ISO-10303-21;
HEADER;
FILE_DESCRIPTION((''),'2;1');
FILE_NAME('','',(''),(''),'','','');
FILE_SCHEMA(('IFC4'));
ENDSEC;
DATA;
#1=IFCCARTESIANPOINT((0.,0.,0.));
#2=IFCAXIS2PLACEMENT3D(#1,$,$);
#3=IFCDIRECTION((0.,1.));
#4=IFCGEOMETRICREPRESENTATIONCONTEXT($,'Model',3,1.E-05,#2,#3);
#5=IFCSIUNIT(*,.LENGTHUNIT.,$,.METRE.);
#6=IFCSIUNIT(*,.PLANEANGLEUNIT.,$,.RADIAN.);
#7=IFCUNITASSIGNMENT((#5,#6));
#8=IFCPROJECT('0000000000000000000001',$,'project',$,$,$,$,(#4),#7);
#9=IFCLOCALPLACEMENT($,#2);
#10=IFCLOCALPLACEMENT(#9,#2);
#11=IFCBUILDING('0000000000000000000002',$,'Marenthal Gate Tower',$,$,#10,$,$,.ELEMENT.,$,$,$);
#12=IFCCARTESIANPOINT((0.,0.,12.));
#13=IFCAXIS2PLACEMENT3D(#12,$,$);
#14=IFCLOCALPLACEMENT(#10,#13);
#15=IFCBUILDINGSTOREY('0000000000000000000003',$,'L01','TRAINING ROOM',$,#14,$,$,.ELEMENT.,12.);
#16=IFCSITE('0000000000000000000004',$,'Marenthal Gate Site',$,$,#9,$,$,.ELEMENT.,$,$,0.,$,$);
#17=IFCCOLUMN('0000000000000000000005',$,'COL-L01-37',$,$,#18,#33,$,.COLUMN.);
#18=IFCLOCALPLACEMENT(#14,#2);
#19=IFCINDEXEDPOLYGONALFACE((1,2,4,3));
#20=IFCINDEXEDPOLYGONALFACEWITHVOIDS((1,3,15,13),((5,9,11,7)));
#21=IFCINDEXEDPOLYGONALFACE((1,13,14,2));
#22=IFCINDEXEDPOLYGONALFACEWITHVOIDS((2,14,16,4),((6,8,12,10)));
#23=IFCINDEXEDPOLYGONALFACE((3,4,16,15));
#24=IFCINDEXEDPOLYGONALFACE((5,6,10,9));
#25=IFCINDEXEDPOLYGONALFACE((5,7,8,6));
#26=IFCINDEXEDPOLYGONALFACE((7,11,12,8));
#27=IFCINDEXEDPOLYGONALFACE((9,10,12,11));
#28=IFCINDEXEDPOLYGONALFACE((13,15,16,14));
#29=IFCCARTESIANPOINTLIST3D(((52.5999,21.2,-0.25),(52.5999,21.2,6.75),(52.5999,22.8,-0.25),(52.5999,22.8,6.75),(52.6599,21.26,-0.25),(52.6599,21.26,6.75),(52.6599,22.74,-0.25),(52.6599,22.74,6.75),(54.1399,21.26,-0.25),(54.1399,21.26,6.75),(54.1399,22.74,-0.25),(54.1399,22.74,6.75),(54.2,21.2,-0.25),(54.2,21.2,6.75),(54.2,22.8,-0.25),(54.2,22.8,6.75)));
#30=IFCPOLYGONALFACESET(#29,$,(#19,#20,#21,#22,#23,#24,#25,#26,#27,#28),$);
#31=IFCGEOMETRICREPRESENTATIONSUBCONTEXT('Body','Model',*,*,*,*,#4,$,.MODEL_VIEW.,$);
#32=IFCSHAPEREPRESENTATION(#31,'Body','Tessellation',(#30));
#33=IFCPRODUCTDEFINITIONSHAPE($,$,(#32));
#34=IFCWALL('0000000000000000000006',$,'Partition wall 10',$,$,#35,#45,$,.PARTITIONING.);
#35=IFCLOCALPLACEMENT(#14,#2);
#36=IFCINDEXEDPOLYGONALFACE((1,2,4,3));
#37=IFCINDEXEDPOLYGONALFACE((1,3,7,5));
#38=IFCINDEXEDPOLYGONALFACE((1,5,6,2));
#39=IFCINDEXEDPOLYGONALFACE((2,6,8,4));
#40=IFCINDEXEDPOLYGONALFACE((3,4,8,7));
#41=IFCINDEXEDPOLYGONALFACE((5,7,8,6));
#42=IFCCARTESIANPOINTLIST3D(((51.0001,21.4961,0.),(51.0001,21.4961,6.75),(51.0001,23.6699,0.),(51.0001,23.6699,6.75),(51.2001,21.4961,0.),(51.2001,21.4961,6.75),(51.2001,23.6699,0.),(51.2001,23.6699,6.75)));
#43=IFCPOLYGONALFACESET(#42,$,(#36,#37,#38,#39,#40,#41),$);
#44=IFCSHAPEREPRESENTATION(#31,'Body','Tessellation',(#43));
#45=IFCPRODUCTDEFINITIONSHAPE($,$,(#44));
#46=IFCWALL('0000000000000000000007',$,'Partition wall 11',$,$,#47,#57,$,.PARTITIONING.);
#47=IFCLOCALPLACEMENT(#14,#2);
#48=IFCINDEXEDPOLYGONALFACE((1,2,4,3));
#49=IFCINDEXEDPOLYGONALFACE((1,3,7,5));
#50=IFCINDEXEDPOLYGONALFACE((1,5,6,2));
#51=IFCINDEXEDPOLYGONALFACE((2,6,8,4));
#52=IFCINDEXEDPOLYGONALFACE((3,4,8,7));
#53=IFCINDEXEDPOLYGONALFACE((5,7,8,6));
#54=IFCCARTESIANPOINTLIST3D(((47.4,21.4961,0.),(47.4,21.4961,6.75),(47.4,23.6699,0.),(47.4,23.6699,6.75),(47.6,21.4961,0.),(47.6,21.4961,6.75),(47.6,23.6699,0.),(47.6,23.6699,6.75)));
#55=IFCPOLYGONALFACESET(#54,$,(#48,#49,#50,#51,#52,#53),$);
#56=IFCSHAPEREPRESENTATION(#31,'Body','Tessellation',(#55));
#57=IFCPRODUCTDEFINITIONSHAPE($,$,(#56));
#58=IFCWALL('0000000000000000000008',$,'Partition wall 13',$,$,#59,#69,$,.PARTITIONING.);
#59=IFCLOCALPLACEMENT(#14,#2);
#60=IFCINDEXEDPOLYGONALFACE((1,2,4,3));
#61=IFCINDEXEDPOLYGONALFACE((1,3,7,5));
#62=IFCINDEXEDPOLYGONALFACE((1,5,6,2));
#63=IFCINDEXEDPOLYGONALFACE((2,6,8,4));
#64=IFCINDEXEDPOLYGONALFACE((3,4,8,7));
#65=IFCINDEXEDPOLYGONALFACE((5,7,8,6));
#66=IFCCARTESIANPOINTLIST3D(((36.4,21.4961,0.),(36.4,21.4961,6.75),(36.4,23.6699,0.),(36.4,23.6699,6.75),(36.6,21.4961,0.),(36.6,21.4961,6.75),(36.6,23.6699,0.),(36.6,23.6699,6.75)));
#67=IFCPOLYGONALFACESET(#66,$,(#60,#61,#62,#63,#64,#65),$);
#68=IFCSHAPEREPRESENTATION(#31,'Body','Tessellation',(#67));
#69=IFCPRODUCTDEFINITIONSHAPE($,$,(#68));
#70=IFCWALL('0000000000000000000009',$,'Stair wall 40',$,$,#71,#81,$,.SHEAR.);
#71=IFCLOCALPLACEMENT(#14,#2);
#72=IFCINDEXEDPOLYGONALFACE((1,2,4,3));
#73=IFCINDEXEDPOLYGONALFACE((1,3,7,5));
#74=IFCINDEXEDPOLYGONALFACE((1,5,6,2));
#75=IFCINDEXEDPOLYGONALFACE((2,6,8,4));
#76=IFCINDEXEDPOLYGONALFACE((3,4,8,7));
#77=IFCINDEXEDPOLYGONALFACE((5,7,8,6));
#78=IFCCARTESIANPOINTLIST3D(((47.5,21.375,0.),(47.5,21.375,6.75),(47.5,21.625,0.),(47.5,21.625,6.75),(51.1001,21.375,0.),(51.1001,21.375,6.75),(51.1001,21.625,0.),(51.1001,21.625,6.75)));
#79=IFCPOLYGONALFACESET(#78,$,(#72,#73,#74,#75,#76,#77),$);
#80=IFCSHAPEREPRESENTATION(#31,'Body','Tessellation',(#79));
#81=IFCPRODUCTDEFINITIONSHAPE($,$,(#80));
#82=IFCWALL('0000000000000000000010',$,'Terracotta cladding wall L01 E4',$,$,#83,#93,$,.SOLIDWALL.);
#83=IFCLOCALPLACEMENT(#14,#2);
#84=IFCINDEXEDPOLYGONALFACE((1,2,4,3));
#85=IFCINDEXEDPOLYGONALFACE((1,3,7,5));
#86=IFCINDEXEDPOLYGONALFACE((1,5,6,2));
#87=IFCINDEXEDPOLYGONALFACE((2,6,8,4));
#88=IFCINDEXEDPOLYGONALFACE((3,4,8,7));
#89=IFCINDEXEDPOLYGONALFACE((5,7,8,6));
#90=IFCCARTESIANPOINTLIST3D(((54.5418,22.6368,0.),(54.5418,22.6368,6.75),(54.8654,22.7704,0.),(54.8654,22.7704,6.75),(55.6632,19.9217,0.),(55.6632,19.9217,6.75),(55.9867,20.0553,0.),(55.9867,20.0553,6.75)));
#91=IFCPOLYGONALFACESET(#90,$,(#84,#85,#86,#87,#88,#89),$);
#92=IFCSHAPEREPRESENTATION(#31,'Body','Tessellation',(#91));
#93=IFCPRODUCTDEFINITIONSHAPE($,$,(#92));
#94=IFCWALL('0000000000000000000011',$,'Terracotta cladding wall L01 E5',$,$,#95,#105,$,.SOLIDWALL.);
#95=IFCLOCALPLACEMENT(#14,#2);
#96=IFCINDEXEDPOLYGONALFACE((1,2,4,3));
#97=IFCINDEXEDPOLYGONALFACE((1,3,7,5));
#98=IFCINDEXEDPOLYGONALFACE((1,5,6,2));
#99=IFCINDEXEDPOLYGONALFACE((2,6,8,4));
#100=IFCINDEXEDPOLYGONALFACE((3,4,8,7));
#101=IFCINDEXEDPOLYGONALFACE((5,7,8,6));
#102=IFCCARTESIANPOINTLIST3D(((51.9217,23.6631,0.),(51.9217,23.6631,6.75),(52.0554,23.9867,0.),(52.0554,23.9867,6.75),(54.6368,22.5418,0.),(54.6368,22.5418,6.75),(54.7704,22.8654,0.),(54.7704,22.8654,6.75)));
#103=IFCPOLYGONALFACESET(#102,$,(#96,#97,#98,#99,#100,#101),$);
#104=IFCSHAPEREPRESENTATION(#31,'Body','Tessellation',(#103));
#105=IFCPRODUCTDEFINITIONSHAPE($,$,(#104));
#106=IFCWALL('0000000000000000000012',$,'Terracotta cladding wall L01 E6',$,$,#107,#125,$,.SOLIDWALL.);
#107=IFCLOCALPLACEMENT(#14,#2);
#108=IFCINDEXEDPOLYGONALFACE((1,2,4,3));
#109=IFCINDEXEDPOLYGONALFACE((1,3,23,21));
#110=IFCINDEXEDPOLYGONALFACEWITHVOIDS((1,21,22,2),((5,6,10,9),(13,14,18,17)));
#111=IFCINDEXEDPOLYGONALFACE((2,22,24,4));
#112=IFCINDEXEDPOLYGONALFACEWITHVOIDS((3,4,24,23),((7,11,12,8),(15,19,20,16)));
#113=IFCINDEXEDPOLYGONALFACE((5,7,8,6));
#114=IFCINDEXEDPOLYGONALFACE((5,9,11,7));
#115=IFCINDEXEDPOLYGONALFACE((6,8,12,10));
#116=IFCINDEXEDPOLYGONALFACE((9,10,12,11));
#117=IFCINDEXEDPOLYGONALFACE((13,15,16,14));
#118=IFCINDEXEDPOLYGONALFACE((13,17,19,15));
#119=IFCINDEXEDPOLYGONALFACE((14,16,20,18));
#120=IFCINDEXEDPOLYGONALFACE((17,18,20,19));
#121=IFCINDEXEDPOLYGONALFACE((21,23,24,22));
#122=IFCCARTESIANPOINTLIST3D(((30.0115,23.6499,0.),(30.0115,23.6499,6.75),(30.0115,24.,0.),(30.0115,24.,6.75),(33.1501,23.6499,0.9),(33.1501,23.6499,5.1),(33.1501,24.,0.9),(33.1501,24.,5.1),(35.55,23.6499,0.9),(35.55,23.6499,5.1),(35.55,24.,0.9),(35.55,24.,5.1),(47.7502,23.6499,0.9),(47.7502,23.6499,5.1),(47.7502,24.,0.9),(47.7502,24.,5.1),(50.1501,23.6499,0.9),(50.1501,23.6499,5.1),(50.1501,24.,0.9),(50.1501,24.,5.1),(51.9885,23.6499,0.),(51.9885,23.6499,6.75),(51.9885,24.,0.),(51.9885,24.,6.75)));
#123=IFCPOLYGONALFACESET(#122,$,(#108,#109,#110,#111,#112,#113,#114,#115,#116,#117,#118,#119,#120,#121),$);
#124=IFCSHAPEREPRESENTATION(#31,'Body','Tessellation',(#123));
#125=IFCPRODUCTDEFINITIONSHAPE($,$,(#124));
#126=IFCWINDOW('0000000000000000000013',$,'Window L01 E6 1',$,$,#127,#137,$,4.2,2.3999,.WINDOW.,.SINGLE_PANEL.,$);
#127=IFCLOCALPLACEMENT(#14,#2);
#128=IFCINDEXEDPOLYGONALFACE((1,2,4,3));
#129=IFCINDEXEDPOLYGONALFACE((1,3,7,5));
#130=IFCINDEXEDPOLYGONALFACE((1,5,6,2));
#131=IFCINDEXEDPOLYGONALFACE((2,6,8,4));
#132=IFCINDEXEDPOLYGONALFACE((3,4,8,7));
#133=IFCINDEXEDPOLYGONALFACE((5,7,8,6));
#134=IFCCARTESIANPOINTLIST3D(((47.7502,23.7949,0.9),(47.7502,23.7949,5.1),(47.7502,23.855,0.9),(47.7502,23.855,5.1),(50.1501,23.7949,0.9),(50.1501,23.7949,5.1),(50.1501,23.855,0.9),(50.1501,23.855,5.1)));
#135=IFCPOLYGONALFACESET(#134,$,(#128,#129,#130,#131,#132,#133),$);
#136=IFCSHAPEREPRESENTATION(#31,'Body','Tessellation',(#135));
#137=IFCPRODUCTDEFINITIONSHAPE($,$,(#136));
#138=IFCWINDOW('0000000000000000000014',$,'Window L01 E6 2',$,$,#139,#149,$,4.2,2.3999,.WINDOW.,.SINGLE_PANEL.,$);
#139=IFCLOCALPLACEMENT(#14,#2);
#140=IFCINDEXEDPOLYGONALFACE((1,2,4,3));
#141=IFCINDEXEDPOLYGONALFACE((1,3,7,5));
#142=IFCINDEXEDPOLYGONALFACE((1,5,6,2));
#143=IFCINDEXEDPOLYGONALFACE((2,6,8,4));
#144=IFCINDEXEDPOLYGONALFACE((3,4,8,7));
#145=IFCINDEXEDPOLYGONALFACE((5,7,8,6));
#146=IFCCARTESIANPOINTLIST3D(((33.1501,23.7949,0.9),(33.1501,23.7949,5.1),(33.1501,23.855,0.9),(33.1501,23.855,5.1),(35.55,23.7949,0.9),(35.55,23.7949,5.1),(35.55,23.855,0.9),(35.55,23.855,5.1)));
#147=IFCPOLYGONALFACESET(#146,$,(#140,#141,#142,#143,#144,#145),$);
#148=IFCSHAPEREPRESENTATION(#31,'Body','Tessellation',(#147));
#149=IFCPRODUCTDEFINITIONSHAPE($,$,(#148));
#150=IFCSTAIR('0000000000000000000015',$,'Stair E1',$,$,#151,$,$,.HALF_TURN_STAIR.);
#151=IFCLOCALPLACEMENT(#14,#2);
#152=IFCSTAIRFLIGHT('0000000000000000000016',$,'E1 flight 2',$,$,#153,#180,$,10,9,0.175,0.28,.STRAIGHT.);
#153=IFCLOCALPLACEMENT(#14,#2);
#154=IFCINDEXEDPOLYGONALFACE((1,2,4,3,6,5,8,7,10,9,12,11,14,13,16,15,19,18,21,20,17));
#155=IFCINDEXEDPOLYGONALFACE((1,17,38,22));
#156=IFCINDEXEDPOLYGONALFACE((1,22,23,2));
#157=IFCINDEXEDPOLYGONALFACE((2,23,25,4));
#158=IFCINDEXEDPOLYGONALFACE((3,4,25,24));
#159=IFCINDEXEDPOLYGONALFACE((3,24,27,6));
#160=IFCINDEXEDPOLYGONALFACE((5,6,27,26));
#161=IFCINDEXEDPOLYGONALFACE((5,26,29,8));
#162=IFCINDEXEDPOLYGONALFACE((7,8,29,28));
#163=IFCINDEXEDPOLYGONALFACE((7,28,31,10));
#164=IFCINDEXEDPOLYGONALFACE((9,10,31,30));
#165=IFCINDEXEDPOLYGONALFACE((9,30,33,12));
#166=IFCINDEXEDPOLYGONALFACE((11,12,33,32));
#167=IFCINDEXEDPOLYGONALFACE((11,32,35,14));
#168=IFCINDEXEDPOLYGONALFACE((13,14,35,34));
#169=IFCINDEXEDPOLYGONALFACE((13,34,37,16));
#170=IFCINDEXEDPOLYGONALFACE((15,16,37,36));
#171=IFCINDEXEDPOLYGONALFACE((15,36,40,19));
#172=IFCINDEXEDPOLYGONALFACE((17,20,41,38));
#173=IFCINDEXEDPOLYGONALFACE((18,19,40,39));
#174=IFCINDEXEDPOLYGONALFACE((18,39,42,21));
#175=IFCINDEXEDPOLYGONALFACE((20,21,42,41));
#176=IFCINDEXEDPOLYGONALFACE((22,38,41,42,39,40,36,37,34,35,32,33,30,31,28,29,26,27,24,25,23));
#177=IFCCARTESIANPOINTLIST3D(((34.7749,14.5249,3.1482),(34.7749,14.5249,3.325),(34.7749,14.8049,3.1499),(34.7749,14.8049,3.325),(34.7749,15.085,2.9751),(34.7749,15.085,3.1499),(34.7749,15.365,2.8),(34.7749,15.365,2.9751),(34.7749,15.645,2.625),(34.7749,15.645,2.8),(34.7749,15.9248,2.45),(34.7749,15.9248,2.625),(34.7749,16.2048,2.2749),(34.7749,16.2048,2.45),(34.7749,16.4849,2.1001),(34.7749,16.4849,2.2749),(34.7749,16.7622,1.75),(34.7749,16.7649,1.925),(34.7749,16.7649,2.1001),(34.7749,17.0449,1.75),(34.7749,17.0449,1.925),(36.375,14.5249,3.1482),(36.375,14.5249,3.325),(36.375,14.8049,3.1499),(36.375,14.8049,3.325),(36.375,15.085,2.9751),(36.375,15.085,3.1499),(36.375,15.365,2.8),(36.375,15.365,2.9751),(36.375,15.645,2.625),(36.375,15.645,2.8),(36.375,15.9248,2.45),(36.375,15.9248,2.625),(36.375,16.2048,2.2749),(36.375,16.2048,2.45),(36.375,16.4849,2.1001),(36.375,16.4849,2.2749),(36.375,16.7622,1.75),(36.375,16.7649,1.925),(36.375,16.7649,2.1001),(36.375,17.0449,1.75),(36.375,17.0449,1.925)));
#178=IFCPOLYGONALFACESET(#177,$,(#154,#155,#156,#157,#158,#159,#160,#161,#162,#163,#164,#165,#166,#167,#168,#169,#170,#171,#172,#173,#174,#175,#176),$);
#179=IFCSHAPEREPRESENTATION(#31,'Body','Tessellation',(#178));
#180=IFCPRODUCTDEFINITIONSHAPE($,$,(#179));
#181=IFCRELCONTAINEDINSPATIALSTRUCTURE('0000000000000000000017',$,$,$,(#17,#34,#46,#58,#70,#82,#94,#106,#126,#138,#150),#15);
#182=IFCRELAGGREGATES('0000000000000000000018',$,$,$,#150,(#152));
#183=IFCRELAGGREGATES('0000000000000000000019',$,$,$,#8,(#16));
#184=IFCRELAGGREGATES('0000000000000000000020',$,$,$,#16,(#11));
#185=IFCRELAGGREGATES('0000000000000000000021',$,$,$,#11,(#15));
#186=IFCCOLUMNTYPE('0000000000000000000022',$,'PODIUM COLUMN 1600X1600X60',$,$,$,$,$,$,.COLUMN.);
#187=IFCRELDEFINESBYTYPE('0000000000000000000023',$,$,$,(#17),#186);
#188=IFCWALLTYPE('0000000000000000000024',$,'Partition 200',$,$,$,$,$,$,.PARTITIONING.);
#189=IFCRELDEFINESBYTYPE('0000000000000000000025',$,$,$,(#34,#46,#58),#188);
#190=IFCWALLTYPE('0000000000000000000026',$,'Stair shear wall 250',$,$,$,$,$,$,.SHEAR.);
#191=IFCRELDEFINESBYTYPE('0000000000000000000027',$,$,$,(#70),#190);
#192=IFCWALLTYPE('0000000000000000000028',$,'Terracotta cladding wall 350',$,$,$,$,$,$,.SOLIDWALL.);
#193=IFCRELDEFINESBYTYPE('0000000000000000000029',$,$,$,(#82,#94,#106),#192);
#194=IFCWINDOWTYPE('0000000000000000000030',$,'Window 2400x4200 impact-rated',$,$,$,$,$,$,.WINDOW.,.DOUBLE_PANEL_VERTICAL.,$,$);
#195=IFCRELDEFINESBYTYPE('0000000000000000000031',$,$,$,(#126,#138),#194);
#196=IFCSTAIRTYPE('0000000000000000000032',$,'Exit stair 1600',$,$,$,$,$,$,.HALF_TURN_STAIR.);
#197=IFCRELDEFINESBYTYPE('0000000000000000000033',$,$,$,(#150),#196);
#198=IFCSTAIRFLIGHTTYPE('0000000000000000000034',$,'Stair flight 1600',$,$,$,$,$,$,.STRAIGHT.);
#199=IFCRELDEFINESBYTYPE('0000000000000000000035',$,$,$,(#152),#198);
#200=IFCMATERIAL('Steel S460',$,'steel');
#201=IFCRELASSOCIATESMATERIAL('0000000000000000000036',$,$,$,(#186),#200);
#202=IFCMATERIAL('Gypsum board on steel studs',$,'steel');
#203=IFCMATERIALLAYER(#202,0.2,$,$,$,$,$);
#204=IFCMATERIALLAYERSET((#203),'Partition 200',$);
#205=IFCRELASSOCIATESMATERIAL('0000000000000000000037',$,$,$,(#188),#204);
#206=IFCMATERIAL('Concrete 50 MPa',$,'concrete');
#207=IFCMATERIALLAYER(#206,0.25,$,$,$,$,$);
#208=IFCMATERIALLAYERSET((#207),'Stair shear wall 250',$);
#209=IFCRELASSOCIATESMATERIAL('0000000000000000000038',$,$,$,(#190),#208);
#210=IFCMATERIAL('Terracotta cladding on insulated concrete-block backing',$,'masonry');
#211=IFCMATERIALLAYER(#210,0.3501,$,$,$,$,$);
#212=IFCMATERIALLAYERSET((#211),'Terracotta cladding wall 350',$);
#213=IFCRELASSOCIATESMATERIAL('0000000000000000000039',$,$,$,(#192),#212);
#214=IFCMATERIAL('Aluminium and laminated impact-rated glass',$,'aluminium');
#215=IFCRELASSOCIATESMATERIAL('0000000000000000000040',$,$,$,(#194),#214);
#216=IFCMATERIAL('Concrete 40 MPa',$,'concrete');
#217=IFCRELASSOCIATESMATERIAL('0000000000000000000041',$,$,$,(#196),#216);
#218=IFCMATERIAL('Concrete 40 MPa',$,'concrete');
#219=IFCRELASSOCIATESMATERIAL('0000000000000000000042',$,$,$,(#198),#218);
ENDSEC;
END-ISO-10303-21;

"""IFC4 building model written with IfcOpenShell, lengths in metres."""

from ifc_helpers import new_model, si_unit, direction, frame, frame_2d, origin, origin_2d, place, context, subcontext, project, spatial, polyline, rectangle, hollow_rectangle, outline, extrude, material, layer, layer_set, material_profile, profile_set, type_object, element, fill, aggregate, save


model = new_model("IFC4")

# Units and contexts
model_context = context("Model", 3, precision=1e-05, world=origin(), true_north=direction((0.0, 1.0)))
body_context = subcontext(model_context, "Body", "Model", "MODEL_VIEW")
ifc_project = project(units=[si_unit("LENGTHUNIT", "METRE"), si_unit("PLANEANGLEUNIT", "RADIAN")], contexts=[model_context])

# Site, building, storey
site_placement = place(None, origin())
site = spatial("IfcSite", under=ifc_project, at=site_placement, Name="Marenthal Gate Site", CompositionType="ELEMENT", RefElevation=0.0)
building_placement = place(site_placement, origin())
building = spatial("IfcBuilding", under=site, at=building_placement, Name="Marenthal Gate Tower", CompositionType="ELEMENT")
storey_placement = place(building_placement, frame((0.0, 0.0, 12.0)))
storey = spatial("IfcBuildingStorey", under=building, at=storey_placement, Name="L01", Description="TRAINING ROOM", CompositionType="ELEMENT", Elevation=12.0)

# Column
ifc_material_1 = material(Name="Steel S460", Category="steel")
ifc_material_profile_1 = material_profile(ifc_material_1, hollow_rectangle(XDim=1.6001, YDim=1.6001, WallThickness=0.0601, at=origin_2d()), Name="CFT BOX 1600X1600X60")
ifc_material_2 = material(Name="Concrete 70 MPa", Category="concrete")
ifc_material_profile_2 = material_profile(ifc_material_2, rectangle(XDim=1.48, YDim=1.48, at=origin_2d()), Name="CFT BOX 1600X1600X60 INFILL")
ifc_profile_set = profile_set([ifc_material_profile_1, ifc_material_profile_2], Name="Steel S460 shell, Concrete 70 MPa infill")
column_type = type_object("IfcColumnType", Name="PODIUM COLUMN 1600X1600X60", PredefinedType="COLUMN", material=ifc_profile_set)
column_placement = place(storey_placement, frame((53.3999, 22.0, -0.25), z_axis=(0.0, 0.0, 1.0), x_axis=(1.0, 0.0, 0.0)))
element("IfcColumn", 1, at=column_placement, inside=storey, type_object=column_type, Name="COL-L01-37", PredefinedType="COLUMN", context=body_context, shape_type="SweptSolid", body=[
    extrude(hollow_rectangle(XDim=1.6001, YDim=1.6001, WallThickness=0.0601, at=origin_2d()), origin(), (0.0, 0.0, 1.0), 7.0),
])

# Walls
ifc_material_3 = material(Name="Gypsum board on steel studs", Category="steel")
ifc_layer_1 = layer(ifc_material_3, 0.2)
ifc_layer_set_1 = layer_set([ifc_layer_1], Name="Partition 200")
wall_type_1 = type_object("IfcWallType", Name="Partition 200", PredefinedType="PARTITIONING", material=ifc_layer_set_1)
for number, where, z_axis, x_axis, name in (
    (2, (51.1001, 21.4961, 0.0), (0.0, 0.0, 1.0), (0.0, 1.0, 0.0), "Partition wall 10"),
    (3, (47.5, 21.4961, 0.0), (0.0, 0.0, 1.0), (0.0, 1.0, 0.0), "Partition wall 11"),
    (4, (36.5, 21.4961, 0.0), (0.0, 0.0, 1.0), (0.0, 1.0, 0.0), "Partition wall 13"),
):
    element("IfcWall", number, at=place(storey_placement, frame(where, z_axis=z_axis, x_axis=x_axis)), inside=storey, type_object=wall_type_1, Name=name, PredefinedType="PARTITIONING", context=body_context, shape_type="SweptSolid", body=[
        extrude(rectangle(XDim=2.1738, YDim=0.2, at=frame_2d((1.0869, 0.0))), origin(), (0.0, 0.0, 1.0), 6.75),
    ])
ifc_material_4 = material(Name="Concrete 50 MPa", Category="concrete")
ifc_layer_2 = layer(ifc_material_4, 0.25)
ifc_layer_set_2 = layer_set([ifc_layer_2], Name="Stair shear wall 250")
wall_type_2 = type_object("IfcWallType", Name="Stair shear wall 250", PredefinedType="SHEAR", material=ifc_layer_set_2)
wall_1_placement = place(storey_placement, frame((47.5, 21.5, 0.0), z_axis=(0.0, 0.0, 1.0), x_axis=(1.0, 0.0, 0.0)))
element("IfcWall", 5, at=wall_1_placement, inside=storey, type_object=wall_type_2, Name="Stair wall 40", PredefinedType="SHEAR", context=body_context, shape_type="SweptSolid", body=[
    extrude(rectangle(XDim=3.6001, YDim=0.25, at=frame_2d((1.8, 0.0))), origin(), (0.0, 0.0, 1.0), 6.75),
])
ifc_material_5 = material(Name="Terracotta cladding on insulated concrete-block backing", Category="masonry")
ifc_layer_3 = layer(ifc_material_5, 0.3501)
ifc_layer_set_3 = layer_set([ifc_layer_3], Name="Terracotta cladding wall 350")
wall_type_3 = type_object("IfcWallType", Name="Terracotta cladding wall 350", PredefinedType="SOLIDWALL", material=ifc_layer_set_3)
for number, where, z_axis, x_axis, name in (
    (6, (55.825, 19.9885, 0.0), (0.0, 0.0, 1.0), (-0.381728, 0.924275, 0.0), "Terracotta cladding wall L01 E4"),
    (7, (54.7036, 22.7036, 0.0), (0.0, 0.0, 1.0), (-0.924275, 0.381728, 0.0), "Terracotta cladding wall L01 E5"),
):
    element("IfcWall", number, at=place(storey_placement, frame(where, z_axis=z_axis, x_axis=x_axis)), inside=storey, type_object=wall_type_3, Name=name, PredefinedType="SOLIDWALL", context=body_context, shape_type="SweptSolid", body=[
        extrude(rectangle(XDim=2.9375, YDim=0.3501, at=frame_2d((1.4688, 0.0))), origin(), (0.0, 0.0, 1.0), 6.75),
    ])

# Wall, openings, windows
wall_2_placement = place(storey_placement, frame((51.9885, 23.825, 0.0), z_axis=(0.0, 0.0, 1.0), x_axis=(-1.0, 0.0, 0.0)))
wall_2 = element("IfcWall", 8, at=wall_2_placement, inside=storey, type_object=wall_type_3, Name="Terracotta cladding wall L01 E6", PredefinedType="SOLIDWALL", context=body_context, shape_type="SweptSolid", body=[
    extrude(rectangle(XDim=21.9771, YDim=0.3501, at=frame_2d((10.9885, 0.0))), origin(), (0.0, 0.0, 1.0), 6.75),
])
opening_1_placement = place(wall_2_placement, frame((1.8384, 0.0, 0.8999)))
opening_1 = element("IfcOpeningElement", 9, at=opening_1_placement, cuts=wall_2, PredefinedType="OPENING", context=body_context, shape_type="SweptSolid", body=[
    extrude(rectangle(XDim=2.3999, YDim=4.2, at=frame_2d((1.2, 2.1001))), frame((0.0, 0.1851, 0.0), z_axis=(0.0, -1.0, 0.0), x_axis=(1.0, 0.0, 0.0)), (0.0, 0.0, 1.0), 0.3701),
])
opening_2_placement = place(wall_2_placement, frame((16.4385, 0.0, 0.8999)))
opening_2 = element("IfcOpeningElement", 10, at=opening_2_placement, cuts=wall_2, PredefinedType="OPENING", context=body_context, shape_type="SweptSolid", body=[
    extrude(rectangle(XDim=2.3999, YDim=4.2, at=frame_2d((1.2, 2.1001))), frame((0.0, 0.1851, 0.0), z_axis=(0.0, -1.0, 0.0), x_axis=(1.0, 0.0, 0.0)), (0.0, 0.0, 1.0), 0.3701),
])
ifc_material_6 = material(Name="Aluminium and laminated impact-rated glass", Category="aluminium")
window_type = type_object("IfcWindowType", Name="Window 2400x4200 impact-rated", PartitioningType="DOUBLE_PANEL_VERTICAL", PredefinedType="WINDOW", material=ifc_material_6)
window_1_placement = place(opening_1_placement, origin())
window_1 = element("IfcWindow", 11, at=window_1_placement, inside=storey, type_object=window_type, Name="Window L01 E6 1", OverallHeight=4.2, OverallWidth=2.3999, PartitioningType="SINGLE_PANEL", PredefinedType="WINDOW", context=body_context, shape_type="SweptSolid", body=[
    extrude(rectangle(XDim=2.3999, YDim=4.2, at=frame_2d((1.2, 2.1001))), frame((0.0, 0.03, 0.0), z_axis=(0.0, -1.0, 0.0), x_axis=(1.0, 0.0, 0.0)), (0.0, 0.0, 1.0), 0.0601),
])
fill(opening_1, window_1)
window_2_placement = place(opening_2_placement, origin())
window_2 = element("IfcWindow", 12, at=window_2_placement, inside=storey, type_object=window_type, Name="Window L01 E6 2", OverallHeight=4.2, OverallWidth=2.3999, PartitioningType="SINGLE_PANEL", PredefinedType="WINDOW", context=body_context, shape_type="SweptSolid", body=[
    extrude(rectangle(XDim=2.3999, YDim=4.2, at=frame_2d((1.2, 2.1001))), frame((0.0, 0.03, 0.0), z_axis=(0.0, -1.0, 0.0), x_axis=(1.0, 0.0, 0.0)), (0.0, 0.0, 1.0), 0.0601),
])
fill(opening_2, window_2)

# Stair, stair flight
ifc_material_7 = material(Name="Concrete 40 MPa", Category="concrete")
stair_type = type_object("IfcStairType", Name="Exit stair 1600", PredefinedType="HALF_TURN_STAIR", material=ifc_material_7)
stair_1_placement = place(storey_placement, origin())
stair_1 = element("IfcStair", 13, at=stair_1_placement, inside=storey, type_object=stair_type, Name="Stair E1", PredefinedType="HALF_TURN_STAIR")
ifc_material_8 = material(Name="Concrete 40 MPa", Category="concrete")
stair_flight_type = type_object("IfcStairFlightType", Name="Stair flight 1600", PredefinedType="STRAIGHT", material=ifc_material_8)
stair_flight_1_placement = place(storey_placement, frame((35.575, 17.0449, 1.75), z_axis=(0.0, 0.0, 1.0), x_axis=(0.0, -1.0, 0.0)))
stair_flight_1 = element("IfcStairFlight", 14, at=stair_flight_1_placement, type_object=stair_flight_type, Name="E1 flight 2", NumberOfRisers=10, NumberOfTreads=9, PredefinedType="STRAIGHT", RiserHeight=0.175, TreadLength=0.28, context=body_context, shape_type="SweptSolid", body=[
    extrude(outline(polyline([(0.0, 0.0), (0.0, 0.175), (0.28, 0.175), (0.28, 0.3501), (0.5601, 0.3501), (0.5601, 0.5249), (0.8401, 0.5249), (0.8401, 0.7), (1.1201, 0.7), (1.1201, 0.875), (1.3999, 0.875), (1.3999, 1.05), (1.6799, 1.05), (1.6799, 1.2251), (1.96, 1.2251), (1.96, 1.3999), (2.24, 1.3999), (2.24, 1.575), (2.52, 1.575), (2.52, 1.75), (2.52, 1.3982), (0.2827, 0.0), (0.0, 0.0)])), frame((0.0, 0.8, 0.0), z_axis=(0.0, -1.0, 0.0), x_axis=(1.0, 0.0, 0.0)), (0.0, 0.0, 1.0), 1.6001),
])
aggregate(stair_1, [stair_flight_1])

save(model, "model.ifc")
